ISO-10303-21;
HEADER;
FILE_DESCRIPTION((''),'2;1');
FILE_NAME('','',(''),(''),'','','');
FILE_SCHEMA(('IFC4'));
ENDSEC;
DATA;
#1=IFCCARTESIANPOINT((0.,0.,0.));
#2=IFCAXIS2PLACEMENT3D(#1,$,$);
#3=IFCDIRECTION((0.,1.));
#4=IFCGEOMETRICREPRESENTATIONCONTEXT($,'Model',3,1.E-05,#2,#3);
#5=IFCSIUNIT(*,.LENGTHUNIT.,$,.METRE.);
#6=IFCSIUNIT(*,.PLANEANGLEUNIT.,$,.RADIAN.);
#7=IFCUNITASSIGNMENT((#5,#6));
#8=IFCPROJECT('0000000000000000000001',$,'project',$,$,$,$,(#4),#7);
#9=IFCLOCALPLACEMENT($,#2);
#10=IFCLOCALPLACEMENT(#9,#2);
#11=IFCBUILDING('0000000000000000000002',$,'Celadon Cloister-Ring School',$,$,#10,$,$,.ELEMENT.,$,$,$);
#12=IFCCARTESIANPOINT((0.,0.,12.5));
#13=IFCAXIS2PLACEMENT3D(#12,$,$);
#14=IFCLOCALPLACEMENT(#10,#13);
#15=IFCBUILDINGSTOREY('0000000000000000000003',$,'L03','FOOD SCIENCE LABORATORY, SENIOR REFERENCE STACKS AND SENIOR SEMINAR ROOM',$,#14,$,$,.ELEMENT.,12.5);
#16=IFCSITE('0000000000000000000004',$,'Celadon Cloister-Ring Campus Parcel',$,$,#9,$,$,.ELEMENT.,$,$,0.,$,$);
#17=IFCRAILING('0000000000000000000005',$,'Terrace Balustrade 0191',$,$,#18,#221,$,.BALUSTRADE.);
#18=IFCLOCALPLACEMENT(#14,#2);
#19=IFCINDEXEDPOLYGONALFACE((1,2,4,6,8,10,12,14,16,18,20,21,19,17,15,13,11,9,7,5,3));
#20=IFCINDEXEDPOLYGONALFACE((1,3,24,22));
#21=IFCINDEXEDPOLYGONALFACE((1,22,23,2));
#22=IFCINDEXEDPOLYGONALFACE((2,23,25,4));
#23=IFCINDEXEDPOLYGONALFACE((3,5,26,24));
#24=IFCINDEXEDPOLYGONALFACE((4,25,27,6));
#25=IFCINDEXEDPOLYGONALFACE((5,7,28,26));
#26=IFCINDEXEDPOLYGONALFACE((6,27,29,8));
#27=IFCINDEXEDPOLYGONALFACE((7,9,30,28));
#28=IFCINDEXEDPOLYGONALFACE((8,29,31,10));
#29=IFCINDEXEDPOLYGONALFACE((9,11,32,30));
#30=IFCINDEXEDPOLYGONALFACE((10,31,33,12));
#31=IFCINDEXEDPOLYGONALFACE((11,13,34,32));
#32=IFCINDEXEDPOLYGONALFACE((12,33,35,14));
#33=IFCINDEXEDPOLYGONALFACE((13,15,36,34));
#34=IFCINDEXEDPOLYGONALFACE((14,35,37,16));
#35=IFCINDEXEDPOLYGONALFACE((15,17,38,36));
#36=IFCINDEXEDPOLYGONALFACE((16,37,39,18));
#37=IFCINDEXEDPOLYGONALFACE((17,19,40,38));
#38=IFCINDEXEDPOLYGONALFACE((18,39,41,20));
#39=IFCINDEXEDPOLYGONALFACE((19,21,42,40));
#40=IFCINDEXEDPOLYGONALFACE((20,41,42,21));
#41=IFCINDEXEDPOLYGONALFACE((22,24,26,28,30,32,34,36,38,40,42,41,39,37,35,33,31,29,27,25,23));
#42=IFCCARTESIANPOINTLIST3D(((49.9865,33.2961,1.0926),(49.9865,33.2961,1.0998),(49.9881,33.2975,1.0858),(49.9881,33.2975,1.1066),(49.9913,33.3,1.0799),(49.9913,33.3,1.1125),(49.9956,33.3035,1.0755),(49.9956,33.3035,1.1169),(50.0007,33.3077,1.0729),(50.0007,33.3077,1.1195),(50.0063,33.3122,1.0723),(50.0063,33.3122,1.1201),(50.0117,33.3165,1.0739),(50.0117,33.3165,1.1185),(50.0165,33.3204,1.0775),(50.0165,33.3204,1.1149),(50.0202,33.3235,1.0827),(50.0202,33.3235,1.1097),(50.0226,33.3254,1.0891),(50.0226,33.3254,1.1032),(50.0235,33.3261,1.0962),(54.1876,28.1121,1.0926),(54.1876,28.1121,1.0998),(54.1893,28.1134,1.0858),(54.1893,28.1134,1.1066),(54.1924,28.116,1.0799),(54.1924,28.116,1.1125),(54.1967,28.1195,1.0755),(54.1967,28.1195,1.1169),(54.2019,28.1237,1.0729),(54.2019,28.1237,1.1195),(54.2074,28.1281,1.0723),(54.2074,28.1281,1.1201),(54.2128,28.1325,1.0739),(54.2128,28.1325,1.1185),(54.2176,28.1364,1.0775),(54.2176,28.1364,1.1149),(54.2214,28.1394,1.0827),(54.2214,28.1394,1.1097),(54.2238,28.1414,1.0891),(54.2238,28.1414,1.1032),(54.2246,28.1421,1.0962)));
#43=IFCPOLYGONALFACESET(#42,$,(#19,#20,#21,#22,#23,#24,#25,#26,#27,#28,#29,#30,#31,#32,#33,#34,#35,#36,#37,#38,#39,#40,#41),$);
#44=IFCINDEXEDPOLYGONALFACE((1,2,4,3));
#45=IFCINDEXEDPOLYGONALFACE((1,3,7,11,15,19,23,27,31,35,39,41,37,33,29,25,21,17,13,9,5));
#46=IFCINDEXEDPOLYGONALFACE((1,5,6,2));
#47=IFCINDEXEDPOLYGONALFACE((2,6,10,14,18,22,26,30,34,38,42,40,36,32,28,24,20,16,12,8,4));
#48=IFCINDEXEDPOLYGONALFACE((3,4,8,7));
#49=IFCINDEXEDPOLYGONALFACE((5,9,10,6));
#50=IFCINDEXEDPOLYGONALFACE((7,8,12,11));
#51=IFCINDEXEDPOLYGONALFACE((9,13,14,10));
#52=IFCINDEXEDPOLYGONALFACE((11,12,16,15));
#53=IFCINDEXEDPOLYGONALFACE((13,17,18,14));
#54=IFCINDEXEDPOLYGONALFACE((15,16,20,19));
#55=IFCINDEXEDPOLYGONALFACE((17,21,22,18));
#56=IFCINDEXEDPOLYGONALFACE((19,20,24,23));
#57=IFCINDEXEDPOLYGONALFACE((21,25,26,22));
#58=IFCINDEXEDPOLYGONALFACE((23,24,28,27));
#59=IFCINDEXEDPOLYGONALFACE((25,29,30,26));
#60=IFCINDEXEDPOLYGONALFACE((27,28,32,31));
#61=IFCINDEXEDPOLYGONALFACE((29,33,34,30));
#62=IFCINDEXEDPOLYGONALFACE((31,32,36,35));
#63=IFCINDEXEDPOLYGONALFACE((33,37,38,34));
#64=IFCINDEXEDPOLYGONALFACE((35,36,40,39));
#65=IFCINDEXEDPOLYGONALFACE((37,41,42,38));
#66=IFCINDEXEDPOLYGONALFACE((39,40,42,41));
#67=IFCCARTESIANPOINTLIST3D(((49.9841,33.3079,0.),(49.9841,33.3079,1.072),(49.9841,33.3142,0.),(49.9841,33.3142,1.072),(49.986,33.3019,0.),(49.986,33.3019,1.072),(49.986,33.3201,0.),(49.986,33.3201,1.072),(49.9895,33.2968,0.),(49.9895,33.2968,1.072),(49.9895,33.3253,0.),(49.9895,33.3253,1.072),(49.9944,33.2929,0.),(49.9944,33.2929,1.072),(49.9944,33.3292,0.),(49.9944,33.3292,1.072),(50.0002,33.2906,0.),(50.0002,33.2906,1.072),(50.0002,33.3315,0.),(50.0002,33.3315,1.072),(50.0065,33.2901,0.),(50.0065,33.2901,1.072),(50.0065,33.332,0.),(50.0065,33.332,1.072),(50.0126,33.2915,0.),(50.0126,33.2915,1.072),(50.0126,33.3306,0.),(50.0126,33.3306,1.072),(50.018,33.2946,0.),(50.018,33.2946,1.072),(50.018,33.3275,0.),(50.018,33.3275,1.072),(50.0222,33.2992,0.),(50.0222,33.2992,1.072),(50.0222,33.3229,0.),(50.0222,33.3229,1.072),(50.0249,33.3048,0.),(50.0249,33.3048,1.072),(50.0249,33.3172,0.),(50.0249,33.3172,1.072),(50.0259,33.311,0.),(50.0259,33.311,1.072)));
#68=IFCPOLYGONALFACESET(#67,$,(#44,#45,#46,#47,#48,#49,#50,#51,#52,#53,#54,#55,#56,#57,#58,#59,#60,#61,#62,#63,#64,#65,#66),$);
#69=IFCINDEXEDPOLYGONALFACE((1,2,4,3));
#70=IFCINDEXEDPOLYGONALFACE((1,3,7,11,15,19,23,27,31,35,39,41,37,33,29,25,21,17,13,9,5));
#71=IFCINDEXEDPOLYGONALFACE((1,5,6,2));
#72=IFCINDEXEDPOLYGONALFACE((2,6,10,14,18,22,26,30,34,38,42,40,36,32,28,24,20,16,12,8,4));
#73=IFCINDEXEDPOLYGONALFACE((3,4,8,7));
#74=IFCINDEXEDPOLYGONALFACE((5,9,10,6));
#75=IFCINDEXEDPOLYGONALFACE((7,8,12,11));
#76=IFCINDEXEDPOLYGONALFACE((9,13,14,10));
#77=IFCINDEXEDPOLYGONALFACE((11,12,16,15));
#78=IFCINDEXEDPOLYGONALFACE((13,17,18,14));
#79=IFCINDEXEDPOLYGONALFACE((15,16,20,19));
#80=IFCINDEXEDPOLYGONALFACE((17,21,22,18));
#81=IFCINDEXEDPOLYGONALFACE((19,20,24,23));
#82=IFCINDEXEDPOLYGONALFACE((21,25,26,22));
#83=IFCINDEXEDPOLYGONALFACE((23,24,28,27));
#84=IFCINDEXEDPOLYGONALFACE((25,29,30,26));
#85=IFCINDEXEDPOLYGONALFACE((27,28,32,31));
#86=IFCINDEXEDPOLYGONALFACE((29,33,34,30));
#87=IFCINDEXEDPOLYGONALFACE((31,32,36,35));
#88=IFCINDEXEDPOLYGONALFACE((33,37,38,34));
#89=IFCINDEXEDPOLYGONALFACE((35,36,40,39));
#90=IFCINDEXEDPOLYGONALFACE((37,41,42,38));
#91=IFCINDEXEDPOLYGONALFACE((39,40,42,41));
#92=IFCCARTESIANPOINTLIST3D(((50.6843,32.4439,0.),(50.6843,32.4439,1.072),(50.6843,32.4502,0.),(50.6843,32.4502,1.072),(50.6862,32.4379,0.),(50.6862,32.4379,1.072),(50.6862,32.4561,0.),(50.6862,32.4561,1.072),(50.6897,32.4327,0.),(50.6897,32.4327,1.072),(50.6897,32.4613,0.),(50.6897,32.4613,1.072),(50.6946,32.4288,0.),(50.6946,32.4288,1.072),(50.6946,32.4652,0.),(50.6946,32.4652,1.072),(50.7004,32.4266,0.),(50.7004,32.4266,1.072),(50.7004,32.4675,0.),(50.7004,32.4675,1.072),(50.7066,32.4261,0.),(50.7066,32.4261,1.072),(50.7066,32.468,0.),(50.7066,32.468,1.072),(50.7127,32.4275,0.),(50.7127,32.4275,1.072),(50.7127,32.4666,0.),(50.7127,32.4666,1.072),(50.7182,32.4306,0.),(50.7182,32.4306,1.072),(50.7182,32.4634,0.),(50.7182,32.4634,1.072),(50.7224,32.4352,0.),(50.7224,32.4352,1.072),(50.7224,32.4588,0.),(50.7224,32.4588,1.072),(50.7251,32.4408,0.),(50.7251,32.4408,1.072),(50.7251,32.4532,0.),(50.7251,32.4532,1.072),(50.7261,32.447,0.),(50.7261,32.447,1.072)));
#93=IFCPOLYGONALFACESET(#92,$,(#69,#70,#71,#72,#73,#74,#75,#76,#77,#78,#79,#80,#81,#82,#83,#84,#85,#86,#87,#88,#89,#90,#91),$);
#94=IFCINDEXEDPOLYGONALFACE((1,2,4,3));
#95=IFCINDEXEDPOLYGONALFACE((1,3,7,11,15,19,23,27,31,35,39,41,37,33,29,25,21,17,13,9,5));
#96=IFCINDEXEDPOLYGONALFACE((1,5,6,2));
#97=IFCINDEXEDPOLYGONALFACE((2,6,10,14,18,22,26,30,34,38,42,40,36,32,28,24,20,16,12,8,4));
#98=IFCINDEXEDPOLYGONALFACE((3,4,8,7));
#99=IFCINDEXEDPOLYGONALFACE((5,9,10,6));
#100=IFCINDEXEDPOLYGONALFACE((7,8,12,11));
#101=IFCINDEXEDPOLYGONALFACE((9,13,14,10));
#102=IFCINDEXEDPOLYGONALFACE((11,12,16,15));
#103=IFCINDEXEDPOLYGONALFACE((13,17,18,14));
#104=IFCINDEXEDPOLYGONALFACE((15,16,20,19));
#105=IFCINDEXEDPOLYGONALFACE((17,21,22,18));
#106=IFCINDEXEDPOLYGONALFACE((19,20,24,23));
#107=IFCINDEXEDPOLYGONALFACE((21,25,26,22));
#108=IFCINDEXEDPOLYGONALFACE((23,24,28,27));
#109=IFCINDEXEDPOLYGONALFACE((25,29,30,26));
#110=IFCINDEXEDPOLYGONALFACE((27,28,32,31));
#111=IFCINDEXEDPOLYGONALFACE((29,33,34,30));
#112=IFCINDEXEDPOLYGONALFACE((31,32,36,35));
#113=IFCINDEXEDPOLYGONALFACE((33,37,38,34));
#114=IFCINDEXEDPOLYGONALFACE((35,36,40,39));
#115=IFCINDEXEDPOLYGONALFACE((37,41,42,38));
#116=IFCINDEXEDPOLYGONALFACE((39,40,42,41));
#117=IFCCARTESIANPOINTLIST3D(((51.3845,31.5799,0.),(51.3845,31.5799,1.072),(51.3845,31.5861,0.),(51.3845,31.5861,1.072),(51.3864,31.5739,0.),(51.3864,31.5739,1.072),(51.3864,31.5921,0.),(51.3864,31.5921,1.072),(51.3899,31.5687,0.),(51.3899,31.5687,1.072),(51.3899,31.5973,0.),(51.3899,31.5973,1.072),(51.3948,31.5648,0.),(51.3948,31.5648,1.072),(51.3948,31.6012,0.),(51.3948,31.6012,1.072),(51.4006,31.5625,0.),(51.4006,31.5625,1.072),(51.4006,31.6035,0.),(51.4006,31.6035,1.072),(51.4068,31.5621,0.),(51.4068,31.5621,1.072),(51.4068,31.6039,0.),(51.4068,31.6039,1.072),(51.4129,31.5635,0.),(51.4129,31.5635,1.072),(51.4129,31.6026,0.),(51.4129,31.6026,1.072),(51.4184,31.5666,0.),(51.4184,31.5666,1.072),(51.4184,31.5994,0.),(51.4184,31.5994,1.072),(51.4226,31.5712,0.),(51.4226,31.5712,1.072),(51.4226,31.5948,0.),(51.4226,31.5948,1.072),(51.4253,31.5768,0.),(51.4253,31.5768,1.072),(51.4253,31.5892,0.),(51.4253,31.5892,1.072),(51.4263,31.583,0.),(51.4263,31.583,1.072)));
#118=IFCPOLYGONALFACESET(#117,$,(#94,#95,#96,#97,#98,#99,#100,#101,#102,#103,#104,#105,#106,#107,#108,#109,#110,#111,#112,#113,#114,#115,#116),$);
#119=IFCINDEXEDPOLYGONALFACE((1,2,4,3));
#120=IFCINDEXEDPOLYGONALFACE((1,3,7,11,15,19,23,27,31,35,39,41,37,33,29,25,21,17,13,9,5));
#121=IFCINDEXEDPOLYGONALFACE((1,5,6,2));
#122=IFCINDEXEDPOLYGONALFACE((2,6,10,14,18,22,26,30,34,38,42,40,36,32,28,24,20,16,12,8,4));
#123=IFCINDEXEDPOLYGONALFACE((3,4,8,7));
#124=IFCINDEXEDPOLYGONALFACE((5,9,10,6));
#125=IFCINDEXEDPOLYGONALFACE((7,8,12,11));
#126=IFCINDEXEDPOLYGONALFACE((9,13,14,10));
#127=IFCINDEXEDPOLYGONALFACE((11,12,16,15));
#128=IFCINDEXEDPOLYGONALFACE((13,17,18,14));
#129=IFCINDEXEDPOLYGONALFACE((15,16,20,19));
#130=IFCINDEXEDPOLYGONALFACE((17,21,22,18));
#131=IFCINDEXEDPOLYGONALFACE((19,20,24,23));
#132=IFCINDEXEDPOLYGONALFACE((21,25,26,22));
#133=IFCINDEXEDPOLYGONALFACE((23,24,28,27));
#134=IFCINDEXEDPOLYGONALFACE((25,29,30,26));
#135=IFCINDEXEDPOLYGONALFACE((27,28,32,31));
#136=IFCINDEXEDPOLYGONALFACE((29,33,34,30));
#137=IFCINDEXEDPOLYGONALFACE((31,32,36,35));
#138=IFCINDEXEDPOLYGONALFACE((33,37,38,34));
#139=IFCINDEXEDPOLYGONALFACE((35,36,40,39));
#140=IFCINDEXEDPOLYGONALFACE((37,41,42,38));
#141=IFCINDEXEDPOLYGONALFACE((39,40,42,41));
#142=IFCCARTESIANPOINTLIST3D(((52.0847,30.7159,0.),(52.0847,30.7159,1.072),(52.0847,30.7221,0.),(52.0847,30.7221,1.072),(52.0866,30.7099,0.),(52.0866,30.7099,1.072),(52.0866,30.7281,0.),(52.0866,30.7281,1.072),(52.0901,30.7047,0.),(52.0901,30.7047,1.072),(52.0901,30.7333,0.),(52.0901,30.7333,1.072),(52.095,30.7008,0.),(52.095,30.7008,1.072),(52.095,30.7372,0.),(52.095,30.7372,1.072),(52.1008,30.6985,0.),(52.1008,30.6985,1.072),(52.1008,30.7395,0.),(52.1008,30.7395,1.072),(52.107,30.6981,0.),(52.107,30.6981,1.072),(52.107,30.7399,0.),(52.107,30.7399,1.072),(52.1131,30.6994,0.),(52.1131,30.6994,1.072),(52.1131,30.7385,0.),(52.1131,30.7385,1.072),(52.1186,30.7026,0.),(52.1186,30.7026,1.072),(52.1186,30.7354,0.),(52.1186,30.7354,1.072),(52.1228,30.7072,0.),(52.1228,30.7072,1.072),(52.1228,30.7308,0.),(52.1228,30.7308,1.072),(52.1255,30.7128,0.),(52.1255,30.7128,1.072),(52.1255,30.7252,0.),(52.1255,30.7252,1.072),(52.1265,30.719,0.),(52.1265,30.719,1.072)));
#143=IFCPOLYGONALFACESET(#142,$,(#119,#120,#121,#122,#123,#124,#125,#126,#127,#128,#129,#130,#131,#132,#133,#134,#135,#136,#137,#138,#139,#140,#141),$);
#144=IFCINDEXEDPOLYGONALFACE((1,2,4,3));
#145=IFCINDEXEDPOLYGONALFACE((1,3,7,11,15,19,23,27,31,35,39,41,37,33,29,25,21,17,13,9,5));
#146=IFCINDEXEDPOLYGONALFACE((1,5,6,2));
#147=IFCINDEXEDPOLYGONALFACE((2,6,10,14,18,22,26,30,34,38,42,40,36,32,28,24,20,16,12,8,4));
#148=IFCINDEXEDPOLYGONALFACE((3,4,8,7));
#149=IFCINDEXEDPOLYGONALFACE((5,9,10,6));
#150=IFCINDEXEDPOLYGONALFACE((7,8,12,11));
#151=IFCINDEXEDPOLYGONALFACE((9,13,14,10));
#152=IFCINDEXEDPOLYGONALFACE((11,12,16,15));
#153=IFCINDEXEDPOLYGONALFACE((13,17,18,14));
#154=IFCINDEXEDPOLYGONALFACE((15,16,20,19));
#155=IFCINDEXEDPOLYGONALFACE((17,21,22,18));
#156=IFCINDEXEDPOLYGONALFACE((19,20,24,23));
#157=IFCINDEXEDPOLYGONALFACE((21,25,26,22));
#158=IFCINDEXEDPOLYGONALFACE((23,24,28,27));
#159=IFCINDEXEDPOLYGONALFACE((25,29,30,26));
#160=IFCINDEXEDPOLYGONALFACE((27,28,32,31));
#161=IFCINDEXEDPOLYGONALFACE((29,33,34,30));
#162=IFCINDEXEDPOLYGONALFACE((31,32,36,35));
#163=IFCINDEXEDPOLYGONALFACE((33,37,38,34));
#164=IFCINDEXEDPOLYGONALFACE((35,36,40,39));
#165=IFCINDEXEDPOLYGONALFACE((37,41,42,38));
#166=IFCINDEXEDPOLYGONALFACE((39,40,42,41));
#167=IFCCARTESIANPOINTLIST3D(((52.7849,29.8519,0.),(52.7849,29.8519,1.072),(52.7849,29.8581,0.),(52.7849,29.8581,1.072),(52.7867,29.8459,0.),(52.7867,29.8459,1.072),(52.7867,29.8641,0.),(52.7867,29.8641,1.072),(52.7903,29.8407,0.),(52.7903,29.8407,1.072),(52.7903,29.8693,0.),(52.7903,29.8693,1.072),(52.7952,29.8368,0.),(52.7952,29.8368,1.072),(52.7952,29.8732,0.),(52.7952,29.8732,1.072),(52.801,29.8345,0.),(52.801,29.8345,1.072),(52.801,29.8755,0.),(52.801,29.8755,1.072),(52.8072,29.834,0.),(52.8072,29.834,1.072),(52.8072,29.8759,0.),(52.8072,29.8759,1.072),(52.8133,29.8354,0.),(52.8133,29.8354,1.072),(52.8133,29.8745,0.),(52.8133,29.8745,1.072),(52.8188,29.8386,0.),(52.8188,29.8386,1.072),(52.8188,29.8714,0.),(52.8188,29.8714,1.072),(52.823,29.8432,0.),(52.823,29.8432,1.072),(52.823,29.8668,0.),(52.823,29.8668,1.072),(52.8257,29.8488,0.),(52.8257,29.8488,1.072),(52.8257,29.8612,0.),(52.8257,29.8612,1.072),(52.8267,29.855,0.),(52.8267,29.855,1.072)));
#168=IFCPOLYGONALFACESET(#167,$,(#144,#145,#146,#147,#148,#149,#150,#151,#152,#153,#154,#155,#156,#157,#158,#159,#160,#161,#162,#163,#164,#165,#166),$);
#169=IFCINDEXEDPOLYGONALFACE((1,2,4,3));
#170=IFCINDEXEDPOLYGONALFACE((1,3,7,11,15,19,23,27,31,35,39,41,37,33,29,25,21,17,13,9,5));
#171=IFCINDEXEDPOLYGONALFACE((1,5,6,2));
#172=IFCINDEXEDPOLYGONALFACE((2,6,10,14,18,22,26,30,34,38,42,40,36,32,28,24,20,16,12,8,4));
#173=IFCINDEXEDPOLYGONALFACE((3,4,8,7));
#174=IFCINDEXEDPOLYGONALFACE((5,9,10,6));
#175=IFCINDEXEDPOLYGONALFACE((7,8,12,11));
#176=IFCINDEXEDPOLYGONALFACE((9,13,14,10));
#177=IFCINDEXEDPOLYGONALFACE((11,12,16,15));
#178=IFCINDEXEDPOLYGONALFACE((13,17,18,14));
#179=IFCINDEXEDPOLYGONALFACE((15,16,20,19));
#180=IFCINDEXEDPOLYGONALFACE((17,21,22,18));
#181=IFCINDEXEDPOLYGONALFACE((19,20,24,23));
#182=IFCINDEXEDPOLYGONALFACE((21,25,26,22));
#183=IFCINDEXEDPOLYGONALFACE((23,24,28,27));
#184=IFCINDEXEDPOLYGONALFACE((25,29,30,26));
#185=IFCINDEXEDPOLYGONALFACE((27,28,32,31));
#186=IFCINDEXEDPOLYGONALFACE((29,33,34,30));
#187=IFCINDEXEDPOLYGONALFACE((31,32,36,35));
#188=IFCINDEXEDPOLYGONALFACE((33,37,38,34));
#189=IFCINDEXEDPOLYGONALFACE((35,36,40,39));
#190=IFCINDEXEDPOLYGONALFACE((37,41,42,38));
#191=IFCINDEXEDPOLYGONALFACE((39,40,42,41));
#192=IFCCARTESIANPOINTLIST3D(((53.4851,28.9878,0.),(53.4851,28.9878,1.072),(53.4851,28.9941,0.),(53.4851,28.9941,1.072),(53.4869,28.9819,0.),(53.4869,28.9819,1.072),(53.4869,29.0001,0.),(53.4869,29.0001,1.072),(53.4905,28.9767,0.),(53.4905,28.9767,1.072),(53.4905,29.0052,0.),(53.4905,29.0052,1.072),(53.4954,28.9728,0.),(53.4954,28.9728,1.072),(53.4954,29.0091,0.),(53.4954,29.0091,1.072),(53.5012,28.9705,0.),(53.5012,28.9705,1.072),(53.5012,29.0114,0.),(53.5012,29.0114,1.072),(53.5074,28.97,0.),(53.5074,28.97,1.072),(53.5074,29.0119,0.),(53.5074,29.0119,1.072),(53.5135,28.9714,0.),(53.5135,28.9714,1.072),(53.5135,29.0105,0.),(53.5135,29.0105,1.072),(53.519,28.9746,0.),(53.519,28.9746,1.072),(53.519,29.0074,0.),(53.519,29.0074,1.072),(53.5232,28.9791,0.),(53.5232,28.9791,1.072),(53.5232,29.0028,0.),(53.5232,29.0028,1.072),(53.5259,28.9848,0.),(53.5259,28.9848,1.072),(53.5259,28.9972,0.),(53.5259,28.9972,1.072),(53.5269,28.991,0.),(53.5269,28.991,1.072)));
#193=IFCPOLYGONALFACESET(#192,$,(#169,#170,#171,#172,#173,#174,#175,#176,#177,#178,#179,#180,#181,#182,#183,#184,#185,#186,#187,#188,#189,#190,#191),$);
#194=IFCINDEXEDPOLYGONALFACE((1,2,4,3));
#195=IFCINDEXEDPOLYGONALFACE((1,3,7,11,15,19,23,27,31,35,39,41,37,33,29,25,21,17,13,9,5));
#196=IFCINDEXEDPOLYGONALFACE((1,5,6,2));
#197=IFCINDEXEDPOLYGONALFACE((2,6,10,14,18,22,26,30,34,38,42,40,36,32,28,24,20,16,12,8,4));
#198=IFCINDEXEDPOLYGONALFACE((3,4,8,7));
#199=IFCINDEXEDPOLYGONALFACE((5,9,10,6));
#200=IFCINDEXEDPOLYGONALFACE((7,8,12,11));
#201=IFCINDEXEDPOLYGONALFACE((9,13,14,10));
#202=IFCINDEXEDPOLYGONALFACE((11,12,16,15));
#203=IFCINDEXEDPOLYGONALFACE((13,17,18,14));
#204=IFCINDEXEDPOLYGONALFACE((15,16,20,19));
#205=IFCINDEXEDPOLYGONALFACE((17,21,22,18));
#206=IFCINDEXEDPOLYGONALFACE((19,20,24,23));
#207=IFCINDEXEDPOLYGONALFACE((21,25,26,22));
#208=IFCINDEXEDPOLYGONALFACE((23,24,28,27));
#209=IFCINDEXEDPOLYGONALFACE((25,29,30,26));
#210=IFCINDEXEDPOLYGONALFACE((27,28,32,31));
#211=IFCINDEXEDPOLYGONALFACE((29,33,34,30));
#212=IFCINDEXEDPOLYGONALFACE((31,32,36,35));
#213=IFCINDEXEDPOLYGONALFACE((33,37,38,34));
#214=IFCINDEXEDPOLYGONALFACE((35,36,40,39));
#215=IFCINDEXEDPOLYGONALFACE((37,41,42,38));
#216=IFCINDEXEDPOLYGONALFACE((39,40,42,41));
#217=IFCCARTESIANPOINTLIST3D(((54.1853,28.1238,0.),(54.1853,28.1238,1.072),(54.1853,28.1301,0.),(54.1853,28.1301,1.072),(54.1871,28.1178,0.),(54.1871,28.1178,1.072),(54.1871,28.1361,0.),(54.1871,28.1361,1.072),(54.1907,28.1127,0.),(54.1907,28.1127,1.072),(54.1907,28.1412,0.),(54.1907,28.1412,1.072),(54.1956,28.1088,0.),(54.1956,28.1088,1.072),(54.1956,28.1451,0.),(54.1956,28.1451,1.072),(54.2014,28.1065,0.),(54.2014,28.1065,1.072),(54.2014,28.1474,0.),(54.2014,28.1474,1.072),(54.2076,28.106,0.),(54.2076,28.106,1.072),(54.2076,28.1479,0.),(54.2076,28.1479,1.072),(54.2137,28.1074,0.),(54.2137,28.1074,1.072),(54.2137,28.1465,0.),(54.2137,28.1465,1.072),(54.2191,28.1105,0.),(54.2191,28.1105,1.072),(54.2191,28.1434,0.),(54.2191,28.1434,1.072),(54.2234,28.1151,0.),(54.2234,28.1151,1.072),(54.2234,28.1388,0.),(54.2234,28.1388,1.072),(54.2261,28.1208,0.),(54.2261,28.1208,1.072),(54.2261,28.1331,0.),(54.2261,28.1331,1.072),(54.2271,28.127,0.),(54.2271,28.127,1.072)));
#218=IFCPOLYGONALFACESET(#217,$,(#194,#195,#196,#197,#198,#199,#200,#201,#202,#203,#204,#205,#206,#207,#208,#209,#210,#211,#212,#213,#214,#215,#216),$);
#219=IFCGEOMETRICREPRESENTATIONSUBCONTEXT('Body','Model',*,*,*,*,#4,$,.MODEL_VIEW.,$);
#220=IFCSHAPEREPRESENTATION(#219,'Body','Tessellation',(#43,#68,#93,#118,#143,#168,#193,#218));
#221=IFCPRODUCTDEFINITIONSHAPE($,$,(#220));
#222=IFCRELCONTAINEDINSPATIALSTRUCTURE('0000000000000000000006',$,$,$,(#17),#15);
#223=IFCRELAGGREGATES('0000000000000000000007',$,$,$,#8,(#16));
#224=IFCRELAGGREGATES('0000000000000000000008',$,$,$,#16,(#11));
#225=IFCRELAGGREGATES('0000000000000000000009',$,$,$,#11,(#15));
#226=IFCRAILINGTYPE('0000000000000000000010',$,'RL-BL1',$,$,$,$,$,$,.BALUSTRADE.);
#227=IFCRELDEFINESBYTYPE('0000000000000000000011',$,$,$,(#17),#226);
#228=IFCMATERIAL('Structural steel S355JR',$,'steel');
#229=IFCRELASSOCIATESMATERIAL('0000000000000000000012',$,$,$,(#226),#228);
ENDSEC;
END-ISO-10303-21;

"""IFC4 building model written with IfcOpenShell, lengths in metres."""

from ifc_helpers import new_model, si_unit, direction, frame, origin, origin_2d, place, context, subcontext, project, spatial, circle, extrude, material, type_object, element, save


model = new_model("IFC4")

# Units and contexts
model_context = context("Model", 3, precision=1e-05, world=origin(), true_north=direction((0.0, 1.0)))
body_context = subcontext(model_context, "Body", "Model", "MODEL_VIEW")
ifc_project = project(units=[si_unit("LENGTHUNIT", "METRE"), si_unit("PLANEANGLEUNIT", "RADIAN")], contexts=[model_context])

# Site, building, storey
site_placement = place(None, origin())
site = spatial("IfcSite", under=ifc_project, at=site_placement, Name="Celadon Cloister-Ring Campus Parcel", CompositionType="ELEMENT", RefElevation=0.0)
building_placement = place(site_placement, origin())
building = spatial("IfcBuilding", under=site, at=building_placement, Name="Celadon Cloister-Ring School", CompositionType="ELEMENT")
storey_placement = place(building_placement, frame((0.0, 0.0, 12.5)))
storey = spatial("IfcBuildingStorey", under=building, at=storey_placement, Name="L03", Description="FOOD SCIENCE LABORATORY, SENIOR REFERENCE STACKS AND SENIOR SEMINAR ROOM", CompositionType="ELEMENT", Elevation=12.5)

# Railing
ifc_material_1 = material(Name="Structural steel S355JR", Category="steel")
railing_type = type_object("IfcRailingType", Name="RL-BL1", PredefinedType="BALUSTRADE", material=ifc_material_1)
railing_placement = place(storey_placement, frame((50.0049, 33.311, 0.0)))
element("IfcRailing", 1, at=railing_placement, inside=storey, type_object=railing_type, Name="Terrace Balustrade 0191", PredefinedType="BALUSTRADE", context=body_context, shape_type="SweptSolid", body=[
    extrude(circle(Radius=0.0239, at=origin_2d()), frame((0.0, 0.0, 1.0962), z_axis=(0.629609, -0.776912, 0.0), x_axis=(0.776912, 0.629609, 0.0)), (0.0, 0.0, 1.0), 6.6726),
    extrude(circle(Radius=0.021, at=origin_2d()), origin(), (0.0, 0.0, 1.0), 1.072),
    extrude(circle(Radius=0.021, at=origin_2d()), frame((0.7002, -0.864, 0.0)), (0.0, 0.0, 1.0), 1.072),
    extrude(circle(Radius=0.021, at=origin_2d()), frame((1.4004, -1.728, 0.0)), (0.0, 0.0, 1.0), 1.072),
    extrude(circle(Radius=0.021, at=origin_2d()), frame((2.1006, -2.592, 0.0)), (0.0, 0.0, 1.0), 1.072),
    extrude(circle(Radius=0.021, at=origin_2d()), frame((2.8008, -3.4561, 0.0)), (0.0, 0.0, 1.0), 1.072),
    extrude(circle(Radius=0.021, at=origin_2d()), frame((3.501, -4.3201, 0.0)), (0.0, 0.0, 1.0), 1.072),
    extrude(circle(Radius=0.021, at=origin_2d()), frame((4.2012, -5.1841, 0.0)), (0.0, 0.0, 1.0), 1.072),
])

save(model, "model.ifc")
